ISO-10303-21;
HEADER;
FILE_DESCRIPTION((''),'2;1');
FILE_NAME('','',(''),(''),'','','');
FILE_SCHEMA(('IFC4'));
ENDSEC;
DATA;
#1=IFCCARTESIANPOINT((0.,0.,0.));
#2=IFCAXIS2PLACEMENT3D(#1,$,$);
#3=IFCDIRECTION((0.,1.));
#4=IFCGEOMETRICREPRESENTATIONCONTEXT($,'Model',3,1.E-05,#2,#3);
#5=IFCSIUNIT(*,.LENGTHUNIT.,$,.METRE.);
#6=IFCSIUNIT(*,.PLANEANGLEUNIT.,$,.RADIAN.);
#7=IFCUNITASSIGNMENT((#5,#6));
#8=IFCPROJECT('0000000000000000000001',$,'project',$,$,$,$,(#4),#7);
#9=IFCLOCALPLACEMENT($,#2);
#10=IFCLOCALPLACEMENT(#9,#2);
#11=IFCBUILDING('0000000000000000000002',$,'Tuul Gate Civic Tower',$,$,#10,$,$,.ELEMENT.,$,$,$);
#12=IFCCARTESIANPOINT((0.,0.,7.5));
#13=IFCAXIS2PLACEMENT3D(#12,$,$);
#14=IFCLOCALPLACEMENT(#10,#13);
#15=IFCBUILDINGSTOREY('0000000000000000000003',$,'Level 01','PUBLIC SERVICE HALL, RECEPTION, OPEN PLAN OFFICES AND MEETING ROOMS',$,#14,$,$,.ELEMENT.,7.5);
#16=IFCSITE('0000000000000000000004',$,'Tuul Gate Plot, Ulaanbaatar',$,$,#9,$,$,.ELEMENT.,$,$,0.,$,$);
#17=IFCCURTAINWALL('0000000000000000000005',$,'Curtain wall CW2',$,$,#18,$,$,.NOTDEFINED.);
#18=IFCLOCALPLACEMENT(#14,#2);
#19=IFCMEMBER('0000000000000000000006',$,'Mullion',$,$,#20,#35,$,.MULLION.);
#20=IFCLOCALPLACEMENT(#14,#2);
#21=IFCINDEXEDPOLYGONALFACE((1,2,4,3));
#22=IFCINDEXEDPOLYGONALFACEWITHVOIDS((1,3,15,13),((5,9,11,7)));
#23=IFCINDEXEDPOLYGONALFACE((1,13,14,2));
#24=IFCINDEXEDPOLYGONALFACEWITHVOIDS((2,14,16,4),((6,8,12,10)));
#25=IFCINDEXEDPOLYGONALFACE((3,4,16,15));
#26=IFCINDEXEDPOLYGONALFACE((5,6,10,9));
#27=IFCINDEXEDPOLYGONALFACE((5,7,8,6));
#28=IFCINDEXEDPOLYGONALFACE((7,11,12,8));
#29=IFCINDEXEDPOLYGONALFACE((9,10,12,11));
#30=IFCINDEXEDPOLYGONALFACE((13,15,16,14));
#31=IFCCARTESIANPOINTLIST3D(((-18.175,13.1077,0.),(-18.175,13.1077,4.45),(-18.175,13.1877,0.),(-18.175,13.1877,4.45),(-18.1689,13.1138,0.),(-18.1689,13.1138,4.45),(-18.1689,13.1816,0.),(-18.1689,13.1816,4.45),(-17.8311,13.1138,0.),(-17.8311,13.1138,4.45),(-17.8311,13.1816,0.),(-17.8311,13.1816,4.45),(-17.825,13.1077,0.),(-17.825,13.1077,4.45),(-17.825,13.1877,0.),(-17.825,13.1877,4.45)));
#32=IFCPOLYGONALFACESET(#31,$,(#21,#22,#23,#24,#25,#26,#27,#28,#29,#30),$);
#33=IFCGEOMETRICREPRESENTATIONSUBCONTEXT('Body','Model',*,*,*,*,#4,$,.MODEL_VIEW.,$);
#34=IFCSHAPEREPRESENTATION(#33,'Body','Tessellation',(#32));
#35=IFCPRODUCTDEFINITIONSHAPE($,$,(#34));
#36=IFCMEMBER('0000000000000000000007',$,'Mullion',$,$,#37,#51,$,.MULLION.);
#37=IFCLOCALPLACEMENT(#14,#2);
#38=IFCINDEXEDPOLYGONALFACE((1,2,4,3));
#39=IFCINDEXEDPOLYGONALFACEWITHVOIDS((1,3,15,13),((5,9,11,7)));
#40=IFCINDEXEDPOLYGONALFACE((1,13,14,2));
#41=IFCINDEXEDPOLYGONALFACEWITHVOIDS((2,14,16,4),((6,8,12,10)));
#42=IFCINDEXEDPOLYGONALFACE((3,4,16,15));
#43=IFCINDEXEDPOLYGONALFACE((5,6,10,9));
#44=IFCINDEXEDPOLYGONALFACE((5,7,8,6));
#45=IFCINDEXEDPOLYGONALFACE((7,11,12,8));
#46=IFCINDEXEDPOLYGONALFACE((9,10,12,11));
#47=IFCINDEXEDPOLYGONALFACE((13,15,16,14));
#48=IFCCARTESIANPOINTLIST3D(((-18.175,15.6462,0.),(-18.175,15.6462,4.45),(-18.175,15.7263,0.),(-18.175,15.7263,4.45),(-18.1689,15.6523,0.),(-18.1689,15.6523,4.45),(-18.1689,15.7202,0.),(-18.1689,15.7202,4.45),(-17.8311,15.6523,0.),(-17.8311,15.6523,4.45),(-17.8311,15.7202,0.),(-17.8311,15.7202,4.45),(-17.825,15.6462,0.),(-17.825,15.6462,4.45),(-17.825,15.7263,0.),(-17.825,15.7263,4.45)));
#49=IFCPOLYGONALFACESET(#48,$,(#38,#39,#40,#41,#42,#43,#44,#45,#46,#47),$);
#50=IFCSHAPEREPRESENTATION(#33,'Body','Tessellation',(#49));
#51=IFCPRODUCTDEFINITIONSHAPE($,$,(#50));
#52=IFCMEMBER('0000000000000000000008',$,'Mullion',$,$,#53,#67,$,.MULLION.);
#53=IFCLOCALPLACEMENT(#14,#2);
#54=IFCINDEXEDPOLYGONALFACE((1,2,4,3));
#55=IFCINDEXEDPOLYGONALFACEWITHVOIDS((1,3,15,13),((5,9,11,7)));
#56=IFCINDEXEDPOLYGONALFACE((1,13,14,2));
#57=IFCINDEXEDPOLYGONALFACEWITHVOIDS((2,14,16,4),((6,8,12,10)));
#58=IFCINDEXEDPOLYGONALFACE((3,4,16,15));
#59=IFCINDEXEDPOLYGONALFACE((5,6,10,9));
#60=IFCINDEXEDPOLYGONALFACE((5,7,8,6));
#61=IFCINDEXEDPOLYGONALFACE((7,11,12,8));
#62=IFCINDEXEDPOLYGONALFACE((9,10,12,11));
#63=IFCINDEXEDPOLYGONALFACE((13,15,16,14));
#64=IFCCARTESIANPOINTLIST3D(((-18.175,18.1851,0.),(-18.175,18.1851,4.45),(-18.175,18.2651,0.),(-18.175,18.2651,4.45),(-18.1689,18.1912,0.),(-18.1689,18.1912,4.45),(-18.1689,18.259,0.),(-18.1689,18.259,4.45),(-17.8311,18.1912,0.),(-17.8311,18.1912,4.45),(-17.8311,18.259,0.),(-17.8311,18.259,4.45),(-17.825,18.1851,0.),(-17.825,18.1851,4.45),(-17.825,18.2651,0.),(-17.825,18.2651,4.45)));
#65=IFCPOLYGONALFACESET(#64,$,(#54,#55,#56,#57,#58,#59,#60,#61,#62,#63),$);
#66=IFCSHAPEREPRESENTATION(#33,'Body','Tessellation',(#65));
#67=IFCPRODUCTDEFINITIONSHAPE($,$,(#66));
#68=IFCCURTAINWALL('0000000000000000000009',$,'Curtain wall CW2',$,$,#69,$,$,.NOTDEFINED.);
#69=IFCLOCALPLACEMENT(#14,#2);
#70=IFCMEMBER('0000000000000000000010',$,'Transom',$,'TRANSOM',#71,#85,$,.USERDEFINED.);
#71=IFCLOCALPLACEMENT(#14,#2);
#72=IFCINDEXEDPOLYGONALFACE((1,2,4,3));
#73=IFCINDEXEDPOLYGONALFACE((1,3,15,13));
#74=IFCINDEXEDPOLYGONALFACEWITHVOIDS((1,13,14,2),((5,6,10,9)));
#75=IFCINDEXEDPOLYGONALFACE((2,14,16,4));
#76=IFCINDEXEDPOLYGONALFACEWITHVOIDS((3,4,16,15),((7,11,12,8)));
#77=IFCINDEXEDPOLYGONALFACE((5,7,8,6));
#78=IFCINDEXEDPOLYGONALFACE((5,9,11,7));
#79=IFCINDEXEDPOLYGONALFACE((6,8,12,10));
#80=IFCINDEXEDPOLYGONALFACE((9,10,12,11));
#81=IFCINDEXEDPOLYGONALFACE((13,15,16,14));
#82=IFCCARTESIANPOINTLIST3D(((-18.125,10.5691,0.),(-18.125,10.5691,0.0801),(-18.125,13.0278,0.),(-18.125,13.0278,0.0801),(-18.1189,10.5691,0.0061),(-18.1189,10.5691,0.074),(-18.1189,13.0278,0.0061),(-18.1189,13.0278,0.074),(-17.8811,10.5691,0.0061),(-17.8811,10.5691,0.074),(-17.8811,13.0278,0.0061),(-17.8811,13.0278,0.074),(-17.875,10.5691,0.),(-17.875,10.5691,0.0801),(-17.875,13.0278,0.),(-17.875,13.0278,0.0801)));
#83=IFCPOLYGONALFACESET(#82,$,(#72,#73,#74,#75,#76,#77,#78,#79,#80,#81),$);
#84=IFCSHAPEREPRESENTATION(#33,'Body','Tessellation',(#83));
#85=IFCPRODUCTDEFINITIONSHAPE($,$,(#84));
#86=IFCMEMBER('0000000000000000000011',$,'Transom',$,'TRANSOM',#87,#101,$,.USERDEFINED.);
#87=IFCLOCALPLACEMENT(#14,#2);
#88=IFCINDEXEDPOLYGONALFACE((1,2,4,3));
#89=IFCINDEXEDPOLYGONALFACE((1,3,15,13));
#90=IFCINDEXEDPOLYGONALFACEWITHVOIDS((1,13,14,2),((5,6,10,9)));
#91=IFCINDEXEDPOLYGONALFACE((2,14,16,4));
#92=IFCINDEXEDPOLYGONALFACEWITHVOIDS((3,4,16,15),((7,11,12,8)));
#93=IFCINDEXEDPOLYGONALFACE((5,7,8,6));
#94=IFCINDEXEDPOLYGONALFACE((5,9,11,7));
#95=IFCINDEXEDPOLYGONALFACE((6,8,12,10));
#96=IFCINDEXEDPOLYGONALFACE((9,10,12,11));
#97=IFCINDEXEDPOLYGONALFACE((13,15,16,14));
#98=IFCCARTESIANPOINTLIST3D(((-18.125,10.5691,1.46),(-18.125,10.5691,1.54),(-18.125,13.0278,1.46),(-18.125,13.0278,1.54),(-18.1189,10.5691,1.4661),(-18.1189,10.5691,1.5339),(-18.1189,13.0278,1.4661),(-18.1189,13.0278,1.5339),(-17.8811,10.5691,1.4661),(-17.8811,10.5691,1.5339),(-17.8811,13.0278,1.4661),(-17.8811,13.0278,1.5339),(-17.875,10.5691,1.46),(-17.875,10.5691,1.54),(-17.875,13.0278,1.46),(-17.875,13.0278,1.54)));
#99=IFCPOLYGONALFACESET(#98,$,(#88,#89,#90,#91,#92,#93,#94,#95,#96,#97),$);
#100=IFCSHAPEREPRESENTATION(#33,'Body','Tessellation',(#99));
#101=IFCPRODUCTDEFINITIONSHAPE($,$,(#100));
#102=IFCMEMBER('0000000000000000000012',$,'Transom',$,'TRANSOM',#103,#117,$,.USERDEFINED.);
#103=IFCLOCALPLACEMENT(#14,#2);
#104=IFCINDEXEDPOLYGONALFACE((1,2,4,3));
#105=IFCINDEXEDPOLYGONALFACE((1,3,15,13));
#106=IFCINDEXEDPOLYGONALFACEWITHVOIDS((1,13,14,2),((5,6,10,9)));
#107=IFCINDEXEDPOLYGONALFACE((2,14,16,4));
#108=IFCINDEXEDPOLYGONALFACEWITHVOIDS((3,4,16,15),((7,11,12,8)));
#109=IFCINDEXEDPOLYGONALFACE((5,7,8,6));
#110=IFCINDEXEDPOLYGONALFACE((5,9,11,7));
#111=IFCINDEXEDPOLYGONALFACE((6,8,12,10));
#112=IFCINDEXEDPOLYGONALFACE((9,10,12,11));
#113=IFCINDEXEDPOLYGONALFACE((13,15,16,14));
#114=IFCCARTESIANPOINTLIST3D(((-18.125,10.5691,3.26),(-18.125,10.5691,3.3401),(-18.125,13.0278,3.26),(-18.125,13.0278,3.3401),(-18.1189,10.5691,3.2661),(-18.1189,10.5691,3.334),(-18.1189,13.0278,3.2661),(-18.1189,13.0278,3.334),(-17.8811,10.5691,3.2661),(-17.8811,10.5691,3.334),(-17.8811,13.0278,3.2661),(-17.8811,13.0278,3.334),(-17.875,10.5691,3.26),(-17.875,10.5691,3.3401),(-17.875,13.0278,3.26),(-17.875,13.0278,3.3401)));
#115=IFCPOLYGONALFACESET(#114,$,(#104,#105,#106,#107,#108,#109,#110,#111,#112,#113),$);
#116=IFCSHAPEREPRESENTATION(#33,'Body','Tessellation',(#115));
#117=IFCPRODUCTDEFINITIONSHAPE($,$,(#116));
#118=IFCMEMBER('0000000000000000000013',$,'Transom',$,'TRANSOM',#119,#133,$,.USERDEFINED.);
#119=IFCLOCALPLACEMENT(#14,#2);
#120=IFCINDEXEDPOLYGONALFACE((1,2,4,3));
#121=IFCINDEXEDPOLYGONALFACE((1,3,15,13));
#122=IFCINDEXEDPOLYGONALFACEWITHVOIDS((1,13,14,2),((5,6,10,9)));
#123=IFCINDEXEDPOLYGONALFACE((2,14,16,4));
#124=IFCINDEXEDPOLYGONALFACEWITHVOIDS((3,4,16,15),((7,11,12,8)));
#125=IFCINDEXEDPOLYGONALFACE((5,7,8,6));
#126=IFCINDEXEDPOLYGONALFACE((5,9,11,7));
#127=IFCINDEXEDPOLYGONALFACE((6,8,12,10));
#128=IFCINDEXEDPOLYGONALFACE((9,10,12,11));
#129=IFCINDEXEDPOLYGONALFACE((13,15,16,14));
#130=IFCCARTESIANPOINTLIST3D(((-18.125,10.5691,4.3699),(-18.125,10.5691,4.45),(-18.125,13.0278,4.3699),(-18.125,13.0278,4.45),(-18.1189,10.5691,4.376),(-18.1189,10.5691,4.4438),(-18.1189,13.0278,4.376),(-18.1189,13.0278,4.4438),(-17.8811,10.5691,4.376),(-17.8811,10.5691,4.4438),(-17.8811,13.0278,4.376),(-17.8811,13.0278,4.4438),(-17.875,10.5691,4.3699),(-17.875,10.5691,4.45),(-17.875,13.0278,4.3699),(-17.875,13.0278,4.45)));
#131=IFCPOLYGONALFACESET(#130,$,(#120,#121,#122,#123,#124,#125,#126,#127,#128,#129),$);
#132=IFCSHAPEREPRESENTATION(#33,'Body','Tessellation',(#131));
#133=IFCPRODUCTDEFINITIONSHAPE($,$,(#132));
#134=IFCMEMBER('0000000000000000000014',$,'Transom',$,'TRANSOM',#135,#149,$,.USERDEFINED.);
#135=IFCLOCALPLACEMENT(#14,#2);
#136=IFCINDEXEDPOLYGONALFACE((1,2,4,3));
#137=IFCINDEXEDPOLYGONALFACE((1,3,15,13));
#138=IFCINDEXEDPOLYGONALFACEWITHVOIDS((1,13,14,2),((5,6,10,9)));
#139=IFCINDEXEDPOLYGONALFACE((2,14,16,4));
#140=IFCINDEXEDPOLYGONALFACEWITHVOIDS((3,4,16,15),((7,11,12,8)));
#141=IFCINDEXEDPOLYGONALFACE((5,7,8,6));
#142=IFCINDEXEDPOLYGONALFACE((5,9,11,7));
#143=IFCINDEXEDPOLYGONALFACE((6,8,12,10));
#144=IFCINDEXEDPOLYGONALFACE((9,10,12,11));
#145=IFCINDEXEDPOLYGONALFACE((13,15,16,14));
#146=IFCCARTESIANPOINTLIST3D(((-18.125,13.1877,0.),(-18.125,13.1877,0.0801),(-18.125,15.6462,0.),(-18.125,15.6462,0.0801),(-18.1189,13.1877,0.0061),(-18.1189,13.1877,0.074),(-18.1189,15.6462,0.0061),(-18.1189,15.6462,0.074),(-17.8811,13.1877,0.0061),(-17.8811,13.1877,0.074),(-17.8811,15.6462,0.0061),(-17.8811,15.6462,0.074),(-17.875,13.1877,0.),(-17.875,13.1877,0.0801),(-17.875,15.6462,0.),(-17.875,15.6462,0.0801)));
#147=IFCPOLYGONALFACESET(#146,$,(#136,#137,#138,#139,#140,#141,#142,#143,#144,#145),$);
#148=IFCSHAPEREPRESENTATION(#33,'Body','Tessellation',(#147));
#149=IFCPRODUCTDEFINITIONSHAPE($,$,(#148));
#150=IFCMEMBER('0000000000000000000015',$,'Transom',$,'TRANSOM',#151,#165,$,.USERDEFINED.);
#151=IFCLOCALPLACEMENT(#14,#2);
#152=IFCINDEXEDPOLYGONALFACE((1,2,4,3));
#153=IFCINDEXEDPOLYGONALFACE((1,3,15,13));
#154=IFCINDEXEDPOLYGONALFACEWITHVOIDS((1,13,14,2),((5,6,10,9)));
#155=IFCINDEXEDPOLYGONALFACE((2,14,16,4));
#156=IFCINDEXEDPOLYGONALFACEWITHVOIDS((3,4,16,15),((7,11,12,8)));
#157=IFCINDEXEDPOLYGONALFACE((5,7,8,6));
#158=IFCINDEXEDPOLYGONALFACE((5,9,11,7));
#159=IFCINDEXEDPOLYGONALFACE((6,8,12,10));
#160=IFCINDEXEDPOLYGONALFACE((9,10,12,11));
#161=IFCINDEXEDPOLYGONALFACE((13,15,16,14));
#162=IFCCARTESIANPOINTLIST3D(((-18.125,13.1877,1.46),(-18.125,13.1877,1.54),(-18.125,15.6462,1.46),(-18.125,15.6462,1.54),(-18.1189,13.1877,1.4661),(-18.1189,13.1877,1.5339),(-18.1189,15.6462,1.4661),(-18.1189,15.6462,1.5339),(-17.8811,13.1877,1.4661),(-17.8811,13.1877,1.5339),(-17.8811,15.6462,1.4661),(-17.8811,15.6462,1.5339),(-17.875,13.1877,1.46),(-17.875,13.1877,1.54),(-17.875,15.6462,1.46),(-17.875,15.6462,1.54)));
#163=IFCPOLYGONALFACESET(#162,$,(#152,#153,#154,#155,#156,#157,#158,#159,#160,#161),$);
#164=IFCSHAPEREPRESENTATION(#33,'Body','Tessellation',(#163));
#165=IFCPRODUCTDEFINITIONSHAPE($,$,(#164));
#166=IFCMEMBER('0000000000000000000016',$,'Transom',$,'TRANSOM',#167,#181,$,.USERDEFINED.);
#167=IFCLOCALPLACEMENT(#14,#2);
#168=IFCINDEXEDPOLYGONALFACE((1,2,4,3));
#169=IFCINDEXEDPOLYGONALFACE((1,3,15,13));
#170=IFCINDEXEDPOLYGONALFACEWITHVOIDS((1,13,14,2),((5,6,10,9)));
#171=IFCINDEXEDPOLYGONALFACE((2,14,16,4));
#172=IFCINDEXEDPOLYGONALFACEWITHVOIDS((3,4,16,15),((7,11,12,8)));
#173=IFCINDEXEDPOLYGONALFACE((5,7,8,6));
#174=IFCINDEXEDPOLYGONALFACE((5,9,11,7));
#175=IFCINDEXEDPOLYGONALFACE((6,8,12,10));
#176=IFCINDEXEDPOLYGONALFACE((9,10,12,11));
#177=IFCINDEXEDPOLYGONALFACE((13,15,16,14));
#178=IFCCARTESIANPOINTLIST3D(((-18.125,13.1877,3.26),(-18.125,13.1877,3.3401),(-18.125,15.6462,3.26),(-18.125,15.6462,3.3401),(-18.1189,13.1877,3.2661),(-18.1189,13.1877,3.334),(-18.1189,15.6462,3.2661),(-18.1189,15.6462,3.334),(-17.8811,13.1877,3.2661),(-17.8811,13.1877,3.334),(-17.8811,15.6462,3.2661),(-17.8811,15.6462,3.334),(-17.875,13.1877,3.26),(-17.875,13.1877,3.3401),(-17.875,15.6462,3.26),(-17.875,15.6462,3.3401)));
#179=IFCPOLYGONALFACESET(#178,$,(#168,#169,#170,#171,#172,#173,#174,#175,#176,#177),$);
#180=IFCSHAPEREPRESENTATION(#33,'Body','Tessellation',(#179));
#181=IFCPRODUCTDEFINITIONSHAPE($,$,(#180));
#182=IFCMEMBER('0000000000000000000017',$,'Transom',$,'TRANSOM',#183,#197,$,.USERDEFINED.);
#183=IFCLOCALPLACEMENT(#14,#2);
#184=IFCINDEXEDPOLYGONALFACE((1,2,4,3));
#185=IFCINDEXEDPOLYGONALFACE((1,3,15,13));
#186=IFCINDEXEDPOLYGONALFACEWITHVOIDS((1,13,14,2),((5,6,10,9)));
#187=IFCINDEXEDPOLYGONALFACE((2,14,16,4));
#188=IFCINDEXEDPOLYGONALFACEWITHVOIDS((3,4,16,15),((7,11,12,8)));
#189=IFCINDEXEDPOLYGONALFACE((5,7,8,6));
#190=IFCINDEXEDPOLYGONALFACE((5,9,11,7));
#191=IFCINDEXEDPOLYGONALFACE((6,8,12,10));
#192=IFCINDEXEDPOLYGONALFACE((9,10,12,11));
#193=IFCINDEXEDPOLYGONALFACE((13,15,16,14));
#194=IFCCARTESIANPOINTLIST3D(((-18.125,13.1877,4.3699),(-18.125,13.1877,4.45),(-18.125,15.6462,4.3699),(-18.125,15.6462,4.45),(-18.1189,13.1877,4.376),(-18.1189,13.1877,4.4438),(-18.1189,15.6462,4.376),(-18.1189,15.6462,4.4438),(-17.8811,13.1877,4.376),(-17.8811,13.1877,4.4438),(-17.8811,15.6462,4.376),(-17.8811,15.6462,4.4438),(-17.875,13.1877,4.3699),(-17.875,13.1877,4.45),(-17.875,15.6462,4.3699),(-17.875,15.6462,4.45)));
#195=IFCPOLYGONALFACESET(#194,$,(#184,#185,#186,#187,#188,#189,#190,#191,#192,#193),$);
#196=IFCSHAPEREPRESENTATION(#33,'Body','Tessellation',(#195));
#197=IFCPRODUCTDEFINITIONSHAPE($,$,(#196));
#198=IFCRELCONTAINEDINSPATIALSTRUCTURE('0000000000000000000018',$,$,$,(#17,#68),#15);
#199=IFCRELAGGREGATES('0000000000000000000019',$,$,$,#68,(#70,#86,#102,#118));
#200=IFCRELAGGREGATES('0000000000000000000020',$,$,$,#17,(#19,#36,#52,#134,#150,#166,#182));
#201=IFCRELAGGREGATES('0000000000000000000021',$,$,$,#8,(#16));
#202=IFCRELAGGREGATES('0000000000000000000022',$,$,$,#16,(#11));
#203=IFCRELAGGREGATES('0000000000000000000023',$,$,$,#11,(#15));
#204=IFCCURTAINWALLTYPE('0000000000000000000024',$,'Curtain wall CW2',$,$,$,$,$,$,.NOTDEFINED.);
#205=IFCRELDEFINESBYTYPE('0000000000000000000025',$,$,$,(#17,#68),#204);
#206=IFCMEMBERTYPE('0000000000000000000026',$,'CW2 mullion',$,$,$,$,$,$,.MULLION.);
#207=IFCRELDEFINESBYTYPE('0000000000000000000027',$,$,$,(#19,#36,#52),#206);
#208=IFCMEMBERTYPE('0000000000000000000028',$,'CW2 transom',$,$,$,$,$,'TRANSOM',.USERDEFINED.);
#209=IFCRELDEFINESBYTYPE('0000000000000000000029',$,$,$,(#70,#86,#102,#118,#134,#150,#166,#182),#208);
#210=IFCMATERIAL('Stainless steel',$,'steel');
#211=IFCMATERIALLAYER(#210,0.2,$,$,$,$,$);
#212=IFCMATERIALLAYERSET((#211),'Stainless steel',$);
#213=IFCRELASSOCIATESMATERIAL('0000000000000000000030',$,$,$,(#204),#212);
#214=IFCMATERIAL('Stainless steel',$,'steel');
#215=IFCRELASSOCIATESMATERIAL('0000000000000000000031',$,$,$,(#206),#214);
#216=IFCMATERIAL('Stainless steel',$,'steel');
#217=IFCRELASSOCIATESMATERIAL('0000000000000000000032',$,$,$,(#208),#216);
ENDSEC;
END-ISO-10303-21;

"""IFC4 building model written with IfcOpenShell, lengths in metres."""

from ifc_helpers import new_model, si_unit, direction, frame, origin, origin_2d, place, context, subcontext, project, spatial, hollow_rectangle, extrude, material, layer, layer_set, material_profile, profile_set, type_object, element, aggregate, save


model = new_model("IFC4")

# Units and contexts
model_context = context("Model", 3, precision=1e-05, world=origin(), true_north=direction((0.0, 1.0)))
body_context = subcontext(model_context, "Body", "Model", "MODEL_VIEW")
ifc_project = project(units=[si_unit("LENGTHUNIT", "METRE"), si_unit("PLANEANGLEUNIT", "RADIAN")], contexts=[model_context])

# Site, building, storey
site_placement = place(None, origin())
site = spatial("IfcSite", under=ifc_project, at=site_placement, Name="Tuul Gate Plot, Ulaanbaatar", CompositionType="ELEMENT", RefElevation=0.0)
building_placement = place(site_placement, origin())
building = spatial("IfcBuilding", under=site, at=building_placement, Name="Tuul Gate Civic Tower", CompositionType="ELEMENT")
storey_placement = place(building_placement, frame((0.0, 0.0, 7.5)))
storey = spatial("IfcBuildingStorey", under=building, at=storey_placement, Name="Level 01", Description="PUBLIC SERVICE HALL, RECEPTION, OPEN PLAN OFFICES AND MEETING ROOMS", CompositionType="ELEMENT", Elevation=7.5)

# Curtain walls, members
ifc_material_1 = material(Name="Stainless steel", Category="steel")
ifc_layer_1 = layer(ifc_material_1, 0.2)
ifc_layer_set_1 = layer_set([ifc_layer_1], Name="Stainless steel")
curtain_wall_type = type_object("IfcCurtainWallType", Name="Curtain wall CW2", PredefinedType="NOTDEFINED", material=ifc_layer_set_1)
curtain_wall_1_placement = place(storey_placement, origin())
curtain_wall_1 = element("IfcCurtainWall", 1, at=curtain_wall_1_placement, inside=storey, type_object=curtain_wall_type, Name="Curtain wall CW2", PredefinedType="NOTDEFINED")
ifc_material_2 = material(Name="Stainless steel", Category="steel")
ifc_material_profile_1 = material_profile(ifc_material_2, hollow_rectangle(XDim=0.3501, YDim=0.0801, WallThickness=0.0061, at=origin_2d()), Name="CW2 mullion")
ifc_profile_set_1 = profile_set([ifc_material_profile_1], Name="Stainless steel")
member_type_1 = type_object("IfcMemberType", Name="CW2 mullion", PredefinedType="MULLION", material=ifc_profile_set_1)
member_1_placement = place(storey_placement, frame((-18.0, 13.1477, 0.0), z_axis=(0.0, 0.0, 1.0), x_axis=(-1.0, 0.0, 0.0)))
member_1 = element("IfcMember", 2, at=member_1_placement, type_object=member_type_1, Name="Mullion", PredefinedType="MULLION", context=body_context, shape_type="SweptSolid", body=[
    extrude(hollow_rectangle(XDim=0.3501, YDim=0.0801, WallThickness=0.0061, at=origin_2d()), origin(), (0.0, 0.0, 1.0), 4.45),
])
member_2_placement = place(storey_placement, frame((-18.0, 15.6863, 0.0), z_axis=(0.0, 0.0, 1.0), x_axis=(-1.0, 0.0, 0.0)))
member_2 = element("IfcMember", 3, at=member_2_placement, type_object=member_type_1, Name="Mullion", PredefinedType="MULLION", context=body_context, shape_type="SweptSolid", body=[
    extrude(hollow_rectangle(XDim=0.3501, YDim=0.0801, WallThickness=0.0061, at=origin_2d()), origin(), (0.0, 0.0, 1.0), 4.45),
])
member_3_placement = place(storey_placement, frame((-18.0, 18.2251, 0.0), z_axis=(0.0, 0.0, 1.0), x_axis=(-1.0, 0.0, 0.0)))
member_3 = element("IfcMember", 4, at=member_3_placement, type_object=member_type_1, Name="Mullion", PredefinedType="MULLION", context=body_context, shape_type="SweptSolid", body=[
    extrude(hollow_rectangle(XDim=0.3501, YDim=0.0801, WallThickness=0.0061, at=origin_2d()), origin(), (0.0, 0.0, 1.0), 4.45),
])
curtain_wall_2_placement = place(storey_placement, origin())
curtain_wall_2 = element("IfcCurtainWall", 5, at=curtain_wall_2_placement, inside=storey, type_object=curtain_wall_type, Name="Curtain wall CW2", PredefinedType="NOTDEFINED")
ifc_material_3 = material(Name="Stainless steel", Category="steel")
ifc_material_profile_2 = material_profile(ifc_material_3, hollow_rectangle(XDim=0.25, YDim=0.0801, WallThickness=0.0061, at=origin_2d()), Name="CW2 transom")
ifc_profile_set_2 = profile_set([ifc_material_profile_2], Name="Stainless steel")
member_type_2 = type_object("IfcMemberType", Name="CW2 transom", ElementType="TRANSOM", PredefinedType="USERDEFINED", material=ifc_profile_set_2)
member_4_placement = place(storey_placement, frame((-18.0, 10.5691, 0.04), z_axis=(0.0, 1.0, 0.0), x_axis=(-1.0, 0.0, 0.0)))
member_4 = element("IfcMember", 6, at=member_4_placement, type_object=member_type_2, Name="Transom", ObjectType="TRANSOM", PredefinedType="USERDEFINED", context=body_context, shape_type="SweptSolid", body=[
    extrude(hollow_rectangle(XDim=0.25, YDim=0.0801, WallThickness=0.0061, at=origin_2d()), origin(), (0.0, 0.0, 1.0), 2.4587),
])
member_5_placement = place(storey_placement, frame((-18.0, 10.5691, 1.5), z_axis=(0.0, 1.0, 0.0), x_axis=(-1.0, 0.0, 0.0)))
member_5 = element("IfcMember", 7, at=member_5_placement, type_object=member_type_2, Name="Transom", ObjectType="TRANSOM", PredefinedType="USERDEFINED", context=body_context, shape_type="SweptSolid", body=[
    extrude(hollow_rectangle(XDim=0.25, YDim=0.0801, WallThickness=0.0061, at=origin_2d()), origin(), (0.0, 0.0, 1.0), 2.4587),
])
member_6_placement = place(storey_placement, frame((-18.0, 10.5691, 3.3), z_axis=(0.0, 1.0, 0.0), x_axis=(-1.0, 0.0, 0.0)))
member_6 = element("IfcMember", 8, at=member_6_placement, type_object=member_type_2, Name="Transom", ObjectType="TRANSOM", PredefinedType="USERDEFINED", context=body_context, shape_type="SweptSolid", body=[
    extrude(hollow_rectangle(XDim=0.25, YDim=0.0801, WallThickness=0.0061, at=origin_2d()), origin(), (0.0, 0.0, 1.0), 2.4587),
])
member_7_placement = place(storey_placement, frame((-18.0, 10.5691, 4.4099), z_axis=(0.0, 1.0, 0.0), x_axis=(-1.0, 0.0, 0.0)))
member_7 = element("IfcMember", 9, at=member_7_placement, type_object=member_type_2, Name="Transom", ObjectType="TRANSOM", PredefinedType="USERDEFINED", context=body_context, shape_type="SweptSolid", body=[
    extrude(hollow_rectangle(XDim=0.25, YDim=0.0801, WallThickness=0.0061, at=origin_2d()), origin(), (0.0, 0.0, 1.0), 2.4587),
])

# Members
member_8_placement = place(storey_placement, frame((-18.0, 13.1877, 0.04), z_axis=(0.0, 1.0, 0.0), x_axis=(-1.0, 0.0, 0.0)))
member_8 = element("IfcMember", 10, at=member_8_placement, type_object=member_type_2, Name="Transom", ObjectType="TRANSOM", PredefinedType="USERDEFINED", context=body_context, shape_type="SweptSolid", body=[
    extrude(hollow_rectangle(XDim=0.25, YDim=0.0801, WallThickness=0.0061, at=origin_2d()), origin(), (0.0, 0.0, 1.0), 2.4585),
])
member_9_placement = place(storey_placement, frame((-18.0, 13.1877, 1.5), z_axis=(0.0, 1.0, 0.0), x_axis=(-1.0, 0.0, 0.0)))
member_9 = element("IfcMember", 11, at=member_9_placement, type_object=member_type_2, Name="Transom", ObjectType="TRANSOM", PredefinedType="USERDEFINED", context=body_context, shape_type="SweptSolid", body=[
    extrude(hollow_rectangle(XDim=0.25, YDim=0.0801, WallThickness=0.0061, at=origin_2d()), origin(), (0.0, 0.0, 1.0), 2.4585),
])
member_10_placement = place(storey_placement, frame((-18.0, 13.1877, 3.3), z_axis=(0.0, 1.0, 0.0), x_axis=(-1.0, 0.0, 0.0)))
member_10 = element("IfcMember", 12, at=member_10_placement, type_object=member_type_2, Name="Transom", ObjectType="TRANSOM", PredefinedType="USERDEFINED", context=body_context, shape_type="SweptSolid", body=[
    extrude(hollow_rectangle(XDim=0.25, YDim=0.0801, WallThickness=0.0061, at=origin_2d()), origin(), (0.0, 0.0, 1.0), 2.4585),
])
member_11_placement = place(storey_placement, frame((-18.0, 13.1877, 4.4099), z_axis=(0.0, 1.0, 0.0), x_axis=(-1.0, 0.0, 0.0)))
member_11 = element("IfcMember", 13, at=member_11_placement, type_object=member_type_2, Name="Transom", ObjectType="TRANSOM", PredefinedType="USERDEFINED", context=body_context, shape_type="SweptSolid", body=[
    extrude(hollow_rectangle(XDim=0.25, YDim=0.0801, WallThickness=0.0061, at=origin_2d()), origin(), (0.0, 0.0, 1.0), 2.4585),
])

aggregate(curtain_wall_2, [member_4, member_5, member_6, member_7])
aggregate(curtain_wall_1, [member_1, member_2, member_3, member_8, member_9, member_10, member_11])

save(model, "model.ifc")
